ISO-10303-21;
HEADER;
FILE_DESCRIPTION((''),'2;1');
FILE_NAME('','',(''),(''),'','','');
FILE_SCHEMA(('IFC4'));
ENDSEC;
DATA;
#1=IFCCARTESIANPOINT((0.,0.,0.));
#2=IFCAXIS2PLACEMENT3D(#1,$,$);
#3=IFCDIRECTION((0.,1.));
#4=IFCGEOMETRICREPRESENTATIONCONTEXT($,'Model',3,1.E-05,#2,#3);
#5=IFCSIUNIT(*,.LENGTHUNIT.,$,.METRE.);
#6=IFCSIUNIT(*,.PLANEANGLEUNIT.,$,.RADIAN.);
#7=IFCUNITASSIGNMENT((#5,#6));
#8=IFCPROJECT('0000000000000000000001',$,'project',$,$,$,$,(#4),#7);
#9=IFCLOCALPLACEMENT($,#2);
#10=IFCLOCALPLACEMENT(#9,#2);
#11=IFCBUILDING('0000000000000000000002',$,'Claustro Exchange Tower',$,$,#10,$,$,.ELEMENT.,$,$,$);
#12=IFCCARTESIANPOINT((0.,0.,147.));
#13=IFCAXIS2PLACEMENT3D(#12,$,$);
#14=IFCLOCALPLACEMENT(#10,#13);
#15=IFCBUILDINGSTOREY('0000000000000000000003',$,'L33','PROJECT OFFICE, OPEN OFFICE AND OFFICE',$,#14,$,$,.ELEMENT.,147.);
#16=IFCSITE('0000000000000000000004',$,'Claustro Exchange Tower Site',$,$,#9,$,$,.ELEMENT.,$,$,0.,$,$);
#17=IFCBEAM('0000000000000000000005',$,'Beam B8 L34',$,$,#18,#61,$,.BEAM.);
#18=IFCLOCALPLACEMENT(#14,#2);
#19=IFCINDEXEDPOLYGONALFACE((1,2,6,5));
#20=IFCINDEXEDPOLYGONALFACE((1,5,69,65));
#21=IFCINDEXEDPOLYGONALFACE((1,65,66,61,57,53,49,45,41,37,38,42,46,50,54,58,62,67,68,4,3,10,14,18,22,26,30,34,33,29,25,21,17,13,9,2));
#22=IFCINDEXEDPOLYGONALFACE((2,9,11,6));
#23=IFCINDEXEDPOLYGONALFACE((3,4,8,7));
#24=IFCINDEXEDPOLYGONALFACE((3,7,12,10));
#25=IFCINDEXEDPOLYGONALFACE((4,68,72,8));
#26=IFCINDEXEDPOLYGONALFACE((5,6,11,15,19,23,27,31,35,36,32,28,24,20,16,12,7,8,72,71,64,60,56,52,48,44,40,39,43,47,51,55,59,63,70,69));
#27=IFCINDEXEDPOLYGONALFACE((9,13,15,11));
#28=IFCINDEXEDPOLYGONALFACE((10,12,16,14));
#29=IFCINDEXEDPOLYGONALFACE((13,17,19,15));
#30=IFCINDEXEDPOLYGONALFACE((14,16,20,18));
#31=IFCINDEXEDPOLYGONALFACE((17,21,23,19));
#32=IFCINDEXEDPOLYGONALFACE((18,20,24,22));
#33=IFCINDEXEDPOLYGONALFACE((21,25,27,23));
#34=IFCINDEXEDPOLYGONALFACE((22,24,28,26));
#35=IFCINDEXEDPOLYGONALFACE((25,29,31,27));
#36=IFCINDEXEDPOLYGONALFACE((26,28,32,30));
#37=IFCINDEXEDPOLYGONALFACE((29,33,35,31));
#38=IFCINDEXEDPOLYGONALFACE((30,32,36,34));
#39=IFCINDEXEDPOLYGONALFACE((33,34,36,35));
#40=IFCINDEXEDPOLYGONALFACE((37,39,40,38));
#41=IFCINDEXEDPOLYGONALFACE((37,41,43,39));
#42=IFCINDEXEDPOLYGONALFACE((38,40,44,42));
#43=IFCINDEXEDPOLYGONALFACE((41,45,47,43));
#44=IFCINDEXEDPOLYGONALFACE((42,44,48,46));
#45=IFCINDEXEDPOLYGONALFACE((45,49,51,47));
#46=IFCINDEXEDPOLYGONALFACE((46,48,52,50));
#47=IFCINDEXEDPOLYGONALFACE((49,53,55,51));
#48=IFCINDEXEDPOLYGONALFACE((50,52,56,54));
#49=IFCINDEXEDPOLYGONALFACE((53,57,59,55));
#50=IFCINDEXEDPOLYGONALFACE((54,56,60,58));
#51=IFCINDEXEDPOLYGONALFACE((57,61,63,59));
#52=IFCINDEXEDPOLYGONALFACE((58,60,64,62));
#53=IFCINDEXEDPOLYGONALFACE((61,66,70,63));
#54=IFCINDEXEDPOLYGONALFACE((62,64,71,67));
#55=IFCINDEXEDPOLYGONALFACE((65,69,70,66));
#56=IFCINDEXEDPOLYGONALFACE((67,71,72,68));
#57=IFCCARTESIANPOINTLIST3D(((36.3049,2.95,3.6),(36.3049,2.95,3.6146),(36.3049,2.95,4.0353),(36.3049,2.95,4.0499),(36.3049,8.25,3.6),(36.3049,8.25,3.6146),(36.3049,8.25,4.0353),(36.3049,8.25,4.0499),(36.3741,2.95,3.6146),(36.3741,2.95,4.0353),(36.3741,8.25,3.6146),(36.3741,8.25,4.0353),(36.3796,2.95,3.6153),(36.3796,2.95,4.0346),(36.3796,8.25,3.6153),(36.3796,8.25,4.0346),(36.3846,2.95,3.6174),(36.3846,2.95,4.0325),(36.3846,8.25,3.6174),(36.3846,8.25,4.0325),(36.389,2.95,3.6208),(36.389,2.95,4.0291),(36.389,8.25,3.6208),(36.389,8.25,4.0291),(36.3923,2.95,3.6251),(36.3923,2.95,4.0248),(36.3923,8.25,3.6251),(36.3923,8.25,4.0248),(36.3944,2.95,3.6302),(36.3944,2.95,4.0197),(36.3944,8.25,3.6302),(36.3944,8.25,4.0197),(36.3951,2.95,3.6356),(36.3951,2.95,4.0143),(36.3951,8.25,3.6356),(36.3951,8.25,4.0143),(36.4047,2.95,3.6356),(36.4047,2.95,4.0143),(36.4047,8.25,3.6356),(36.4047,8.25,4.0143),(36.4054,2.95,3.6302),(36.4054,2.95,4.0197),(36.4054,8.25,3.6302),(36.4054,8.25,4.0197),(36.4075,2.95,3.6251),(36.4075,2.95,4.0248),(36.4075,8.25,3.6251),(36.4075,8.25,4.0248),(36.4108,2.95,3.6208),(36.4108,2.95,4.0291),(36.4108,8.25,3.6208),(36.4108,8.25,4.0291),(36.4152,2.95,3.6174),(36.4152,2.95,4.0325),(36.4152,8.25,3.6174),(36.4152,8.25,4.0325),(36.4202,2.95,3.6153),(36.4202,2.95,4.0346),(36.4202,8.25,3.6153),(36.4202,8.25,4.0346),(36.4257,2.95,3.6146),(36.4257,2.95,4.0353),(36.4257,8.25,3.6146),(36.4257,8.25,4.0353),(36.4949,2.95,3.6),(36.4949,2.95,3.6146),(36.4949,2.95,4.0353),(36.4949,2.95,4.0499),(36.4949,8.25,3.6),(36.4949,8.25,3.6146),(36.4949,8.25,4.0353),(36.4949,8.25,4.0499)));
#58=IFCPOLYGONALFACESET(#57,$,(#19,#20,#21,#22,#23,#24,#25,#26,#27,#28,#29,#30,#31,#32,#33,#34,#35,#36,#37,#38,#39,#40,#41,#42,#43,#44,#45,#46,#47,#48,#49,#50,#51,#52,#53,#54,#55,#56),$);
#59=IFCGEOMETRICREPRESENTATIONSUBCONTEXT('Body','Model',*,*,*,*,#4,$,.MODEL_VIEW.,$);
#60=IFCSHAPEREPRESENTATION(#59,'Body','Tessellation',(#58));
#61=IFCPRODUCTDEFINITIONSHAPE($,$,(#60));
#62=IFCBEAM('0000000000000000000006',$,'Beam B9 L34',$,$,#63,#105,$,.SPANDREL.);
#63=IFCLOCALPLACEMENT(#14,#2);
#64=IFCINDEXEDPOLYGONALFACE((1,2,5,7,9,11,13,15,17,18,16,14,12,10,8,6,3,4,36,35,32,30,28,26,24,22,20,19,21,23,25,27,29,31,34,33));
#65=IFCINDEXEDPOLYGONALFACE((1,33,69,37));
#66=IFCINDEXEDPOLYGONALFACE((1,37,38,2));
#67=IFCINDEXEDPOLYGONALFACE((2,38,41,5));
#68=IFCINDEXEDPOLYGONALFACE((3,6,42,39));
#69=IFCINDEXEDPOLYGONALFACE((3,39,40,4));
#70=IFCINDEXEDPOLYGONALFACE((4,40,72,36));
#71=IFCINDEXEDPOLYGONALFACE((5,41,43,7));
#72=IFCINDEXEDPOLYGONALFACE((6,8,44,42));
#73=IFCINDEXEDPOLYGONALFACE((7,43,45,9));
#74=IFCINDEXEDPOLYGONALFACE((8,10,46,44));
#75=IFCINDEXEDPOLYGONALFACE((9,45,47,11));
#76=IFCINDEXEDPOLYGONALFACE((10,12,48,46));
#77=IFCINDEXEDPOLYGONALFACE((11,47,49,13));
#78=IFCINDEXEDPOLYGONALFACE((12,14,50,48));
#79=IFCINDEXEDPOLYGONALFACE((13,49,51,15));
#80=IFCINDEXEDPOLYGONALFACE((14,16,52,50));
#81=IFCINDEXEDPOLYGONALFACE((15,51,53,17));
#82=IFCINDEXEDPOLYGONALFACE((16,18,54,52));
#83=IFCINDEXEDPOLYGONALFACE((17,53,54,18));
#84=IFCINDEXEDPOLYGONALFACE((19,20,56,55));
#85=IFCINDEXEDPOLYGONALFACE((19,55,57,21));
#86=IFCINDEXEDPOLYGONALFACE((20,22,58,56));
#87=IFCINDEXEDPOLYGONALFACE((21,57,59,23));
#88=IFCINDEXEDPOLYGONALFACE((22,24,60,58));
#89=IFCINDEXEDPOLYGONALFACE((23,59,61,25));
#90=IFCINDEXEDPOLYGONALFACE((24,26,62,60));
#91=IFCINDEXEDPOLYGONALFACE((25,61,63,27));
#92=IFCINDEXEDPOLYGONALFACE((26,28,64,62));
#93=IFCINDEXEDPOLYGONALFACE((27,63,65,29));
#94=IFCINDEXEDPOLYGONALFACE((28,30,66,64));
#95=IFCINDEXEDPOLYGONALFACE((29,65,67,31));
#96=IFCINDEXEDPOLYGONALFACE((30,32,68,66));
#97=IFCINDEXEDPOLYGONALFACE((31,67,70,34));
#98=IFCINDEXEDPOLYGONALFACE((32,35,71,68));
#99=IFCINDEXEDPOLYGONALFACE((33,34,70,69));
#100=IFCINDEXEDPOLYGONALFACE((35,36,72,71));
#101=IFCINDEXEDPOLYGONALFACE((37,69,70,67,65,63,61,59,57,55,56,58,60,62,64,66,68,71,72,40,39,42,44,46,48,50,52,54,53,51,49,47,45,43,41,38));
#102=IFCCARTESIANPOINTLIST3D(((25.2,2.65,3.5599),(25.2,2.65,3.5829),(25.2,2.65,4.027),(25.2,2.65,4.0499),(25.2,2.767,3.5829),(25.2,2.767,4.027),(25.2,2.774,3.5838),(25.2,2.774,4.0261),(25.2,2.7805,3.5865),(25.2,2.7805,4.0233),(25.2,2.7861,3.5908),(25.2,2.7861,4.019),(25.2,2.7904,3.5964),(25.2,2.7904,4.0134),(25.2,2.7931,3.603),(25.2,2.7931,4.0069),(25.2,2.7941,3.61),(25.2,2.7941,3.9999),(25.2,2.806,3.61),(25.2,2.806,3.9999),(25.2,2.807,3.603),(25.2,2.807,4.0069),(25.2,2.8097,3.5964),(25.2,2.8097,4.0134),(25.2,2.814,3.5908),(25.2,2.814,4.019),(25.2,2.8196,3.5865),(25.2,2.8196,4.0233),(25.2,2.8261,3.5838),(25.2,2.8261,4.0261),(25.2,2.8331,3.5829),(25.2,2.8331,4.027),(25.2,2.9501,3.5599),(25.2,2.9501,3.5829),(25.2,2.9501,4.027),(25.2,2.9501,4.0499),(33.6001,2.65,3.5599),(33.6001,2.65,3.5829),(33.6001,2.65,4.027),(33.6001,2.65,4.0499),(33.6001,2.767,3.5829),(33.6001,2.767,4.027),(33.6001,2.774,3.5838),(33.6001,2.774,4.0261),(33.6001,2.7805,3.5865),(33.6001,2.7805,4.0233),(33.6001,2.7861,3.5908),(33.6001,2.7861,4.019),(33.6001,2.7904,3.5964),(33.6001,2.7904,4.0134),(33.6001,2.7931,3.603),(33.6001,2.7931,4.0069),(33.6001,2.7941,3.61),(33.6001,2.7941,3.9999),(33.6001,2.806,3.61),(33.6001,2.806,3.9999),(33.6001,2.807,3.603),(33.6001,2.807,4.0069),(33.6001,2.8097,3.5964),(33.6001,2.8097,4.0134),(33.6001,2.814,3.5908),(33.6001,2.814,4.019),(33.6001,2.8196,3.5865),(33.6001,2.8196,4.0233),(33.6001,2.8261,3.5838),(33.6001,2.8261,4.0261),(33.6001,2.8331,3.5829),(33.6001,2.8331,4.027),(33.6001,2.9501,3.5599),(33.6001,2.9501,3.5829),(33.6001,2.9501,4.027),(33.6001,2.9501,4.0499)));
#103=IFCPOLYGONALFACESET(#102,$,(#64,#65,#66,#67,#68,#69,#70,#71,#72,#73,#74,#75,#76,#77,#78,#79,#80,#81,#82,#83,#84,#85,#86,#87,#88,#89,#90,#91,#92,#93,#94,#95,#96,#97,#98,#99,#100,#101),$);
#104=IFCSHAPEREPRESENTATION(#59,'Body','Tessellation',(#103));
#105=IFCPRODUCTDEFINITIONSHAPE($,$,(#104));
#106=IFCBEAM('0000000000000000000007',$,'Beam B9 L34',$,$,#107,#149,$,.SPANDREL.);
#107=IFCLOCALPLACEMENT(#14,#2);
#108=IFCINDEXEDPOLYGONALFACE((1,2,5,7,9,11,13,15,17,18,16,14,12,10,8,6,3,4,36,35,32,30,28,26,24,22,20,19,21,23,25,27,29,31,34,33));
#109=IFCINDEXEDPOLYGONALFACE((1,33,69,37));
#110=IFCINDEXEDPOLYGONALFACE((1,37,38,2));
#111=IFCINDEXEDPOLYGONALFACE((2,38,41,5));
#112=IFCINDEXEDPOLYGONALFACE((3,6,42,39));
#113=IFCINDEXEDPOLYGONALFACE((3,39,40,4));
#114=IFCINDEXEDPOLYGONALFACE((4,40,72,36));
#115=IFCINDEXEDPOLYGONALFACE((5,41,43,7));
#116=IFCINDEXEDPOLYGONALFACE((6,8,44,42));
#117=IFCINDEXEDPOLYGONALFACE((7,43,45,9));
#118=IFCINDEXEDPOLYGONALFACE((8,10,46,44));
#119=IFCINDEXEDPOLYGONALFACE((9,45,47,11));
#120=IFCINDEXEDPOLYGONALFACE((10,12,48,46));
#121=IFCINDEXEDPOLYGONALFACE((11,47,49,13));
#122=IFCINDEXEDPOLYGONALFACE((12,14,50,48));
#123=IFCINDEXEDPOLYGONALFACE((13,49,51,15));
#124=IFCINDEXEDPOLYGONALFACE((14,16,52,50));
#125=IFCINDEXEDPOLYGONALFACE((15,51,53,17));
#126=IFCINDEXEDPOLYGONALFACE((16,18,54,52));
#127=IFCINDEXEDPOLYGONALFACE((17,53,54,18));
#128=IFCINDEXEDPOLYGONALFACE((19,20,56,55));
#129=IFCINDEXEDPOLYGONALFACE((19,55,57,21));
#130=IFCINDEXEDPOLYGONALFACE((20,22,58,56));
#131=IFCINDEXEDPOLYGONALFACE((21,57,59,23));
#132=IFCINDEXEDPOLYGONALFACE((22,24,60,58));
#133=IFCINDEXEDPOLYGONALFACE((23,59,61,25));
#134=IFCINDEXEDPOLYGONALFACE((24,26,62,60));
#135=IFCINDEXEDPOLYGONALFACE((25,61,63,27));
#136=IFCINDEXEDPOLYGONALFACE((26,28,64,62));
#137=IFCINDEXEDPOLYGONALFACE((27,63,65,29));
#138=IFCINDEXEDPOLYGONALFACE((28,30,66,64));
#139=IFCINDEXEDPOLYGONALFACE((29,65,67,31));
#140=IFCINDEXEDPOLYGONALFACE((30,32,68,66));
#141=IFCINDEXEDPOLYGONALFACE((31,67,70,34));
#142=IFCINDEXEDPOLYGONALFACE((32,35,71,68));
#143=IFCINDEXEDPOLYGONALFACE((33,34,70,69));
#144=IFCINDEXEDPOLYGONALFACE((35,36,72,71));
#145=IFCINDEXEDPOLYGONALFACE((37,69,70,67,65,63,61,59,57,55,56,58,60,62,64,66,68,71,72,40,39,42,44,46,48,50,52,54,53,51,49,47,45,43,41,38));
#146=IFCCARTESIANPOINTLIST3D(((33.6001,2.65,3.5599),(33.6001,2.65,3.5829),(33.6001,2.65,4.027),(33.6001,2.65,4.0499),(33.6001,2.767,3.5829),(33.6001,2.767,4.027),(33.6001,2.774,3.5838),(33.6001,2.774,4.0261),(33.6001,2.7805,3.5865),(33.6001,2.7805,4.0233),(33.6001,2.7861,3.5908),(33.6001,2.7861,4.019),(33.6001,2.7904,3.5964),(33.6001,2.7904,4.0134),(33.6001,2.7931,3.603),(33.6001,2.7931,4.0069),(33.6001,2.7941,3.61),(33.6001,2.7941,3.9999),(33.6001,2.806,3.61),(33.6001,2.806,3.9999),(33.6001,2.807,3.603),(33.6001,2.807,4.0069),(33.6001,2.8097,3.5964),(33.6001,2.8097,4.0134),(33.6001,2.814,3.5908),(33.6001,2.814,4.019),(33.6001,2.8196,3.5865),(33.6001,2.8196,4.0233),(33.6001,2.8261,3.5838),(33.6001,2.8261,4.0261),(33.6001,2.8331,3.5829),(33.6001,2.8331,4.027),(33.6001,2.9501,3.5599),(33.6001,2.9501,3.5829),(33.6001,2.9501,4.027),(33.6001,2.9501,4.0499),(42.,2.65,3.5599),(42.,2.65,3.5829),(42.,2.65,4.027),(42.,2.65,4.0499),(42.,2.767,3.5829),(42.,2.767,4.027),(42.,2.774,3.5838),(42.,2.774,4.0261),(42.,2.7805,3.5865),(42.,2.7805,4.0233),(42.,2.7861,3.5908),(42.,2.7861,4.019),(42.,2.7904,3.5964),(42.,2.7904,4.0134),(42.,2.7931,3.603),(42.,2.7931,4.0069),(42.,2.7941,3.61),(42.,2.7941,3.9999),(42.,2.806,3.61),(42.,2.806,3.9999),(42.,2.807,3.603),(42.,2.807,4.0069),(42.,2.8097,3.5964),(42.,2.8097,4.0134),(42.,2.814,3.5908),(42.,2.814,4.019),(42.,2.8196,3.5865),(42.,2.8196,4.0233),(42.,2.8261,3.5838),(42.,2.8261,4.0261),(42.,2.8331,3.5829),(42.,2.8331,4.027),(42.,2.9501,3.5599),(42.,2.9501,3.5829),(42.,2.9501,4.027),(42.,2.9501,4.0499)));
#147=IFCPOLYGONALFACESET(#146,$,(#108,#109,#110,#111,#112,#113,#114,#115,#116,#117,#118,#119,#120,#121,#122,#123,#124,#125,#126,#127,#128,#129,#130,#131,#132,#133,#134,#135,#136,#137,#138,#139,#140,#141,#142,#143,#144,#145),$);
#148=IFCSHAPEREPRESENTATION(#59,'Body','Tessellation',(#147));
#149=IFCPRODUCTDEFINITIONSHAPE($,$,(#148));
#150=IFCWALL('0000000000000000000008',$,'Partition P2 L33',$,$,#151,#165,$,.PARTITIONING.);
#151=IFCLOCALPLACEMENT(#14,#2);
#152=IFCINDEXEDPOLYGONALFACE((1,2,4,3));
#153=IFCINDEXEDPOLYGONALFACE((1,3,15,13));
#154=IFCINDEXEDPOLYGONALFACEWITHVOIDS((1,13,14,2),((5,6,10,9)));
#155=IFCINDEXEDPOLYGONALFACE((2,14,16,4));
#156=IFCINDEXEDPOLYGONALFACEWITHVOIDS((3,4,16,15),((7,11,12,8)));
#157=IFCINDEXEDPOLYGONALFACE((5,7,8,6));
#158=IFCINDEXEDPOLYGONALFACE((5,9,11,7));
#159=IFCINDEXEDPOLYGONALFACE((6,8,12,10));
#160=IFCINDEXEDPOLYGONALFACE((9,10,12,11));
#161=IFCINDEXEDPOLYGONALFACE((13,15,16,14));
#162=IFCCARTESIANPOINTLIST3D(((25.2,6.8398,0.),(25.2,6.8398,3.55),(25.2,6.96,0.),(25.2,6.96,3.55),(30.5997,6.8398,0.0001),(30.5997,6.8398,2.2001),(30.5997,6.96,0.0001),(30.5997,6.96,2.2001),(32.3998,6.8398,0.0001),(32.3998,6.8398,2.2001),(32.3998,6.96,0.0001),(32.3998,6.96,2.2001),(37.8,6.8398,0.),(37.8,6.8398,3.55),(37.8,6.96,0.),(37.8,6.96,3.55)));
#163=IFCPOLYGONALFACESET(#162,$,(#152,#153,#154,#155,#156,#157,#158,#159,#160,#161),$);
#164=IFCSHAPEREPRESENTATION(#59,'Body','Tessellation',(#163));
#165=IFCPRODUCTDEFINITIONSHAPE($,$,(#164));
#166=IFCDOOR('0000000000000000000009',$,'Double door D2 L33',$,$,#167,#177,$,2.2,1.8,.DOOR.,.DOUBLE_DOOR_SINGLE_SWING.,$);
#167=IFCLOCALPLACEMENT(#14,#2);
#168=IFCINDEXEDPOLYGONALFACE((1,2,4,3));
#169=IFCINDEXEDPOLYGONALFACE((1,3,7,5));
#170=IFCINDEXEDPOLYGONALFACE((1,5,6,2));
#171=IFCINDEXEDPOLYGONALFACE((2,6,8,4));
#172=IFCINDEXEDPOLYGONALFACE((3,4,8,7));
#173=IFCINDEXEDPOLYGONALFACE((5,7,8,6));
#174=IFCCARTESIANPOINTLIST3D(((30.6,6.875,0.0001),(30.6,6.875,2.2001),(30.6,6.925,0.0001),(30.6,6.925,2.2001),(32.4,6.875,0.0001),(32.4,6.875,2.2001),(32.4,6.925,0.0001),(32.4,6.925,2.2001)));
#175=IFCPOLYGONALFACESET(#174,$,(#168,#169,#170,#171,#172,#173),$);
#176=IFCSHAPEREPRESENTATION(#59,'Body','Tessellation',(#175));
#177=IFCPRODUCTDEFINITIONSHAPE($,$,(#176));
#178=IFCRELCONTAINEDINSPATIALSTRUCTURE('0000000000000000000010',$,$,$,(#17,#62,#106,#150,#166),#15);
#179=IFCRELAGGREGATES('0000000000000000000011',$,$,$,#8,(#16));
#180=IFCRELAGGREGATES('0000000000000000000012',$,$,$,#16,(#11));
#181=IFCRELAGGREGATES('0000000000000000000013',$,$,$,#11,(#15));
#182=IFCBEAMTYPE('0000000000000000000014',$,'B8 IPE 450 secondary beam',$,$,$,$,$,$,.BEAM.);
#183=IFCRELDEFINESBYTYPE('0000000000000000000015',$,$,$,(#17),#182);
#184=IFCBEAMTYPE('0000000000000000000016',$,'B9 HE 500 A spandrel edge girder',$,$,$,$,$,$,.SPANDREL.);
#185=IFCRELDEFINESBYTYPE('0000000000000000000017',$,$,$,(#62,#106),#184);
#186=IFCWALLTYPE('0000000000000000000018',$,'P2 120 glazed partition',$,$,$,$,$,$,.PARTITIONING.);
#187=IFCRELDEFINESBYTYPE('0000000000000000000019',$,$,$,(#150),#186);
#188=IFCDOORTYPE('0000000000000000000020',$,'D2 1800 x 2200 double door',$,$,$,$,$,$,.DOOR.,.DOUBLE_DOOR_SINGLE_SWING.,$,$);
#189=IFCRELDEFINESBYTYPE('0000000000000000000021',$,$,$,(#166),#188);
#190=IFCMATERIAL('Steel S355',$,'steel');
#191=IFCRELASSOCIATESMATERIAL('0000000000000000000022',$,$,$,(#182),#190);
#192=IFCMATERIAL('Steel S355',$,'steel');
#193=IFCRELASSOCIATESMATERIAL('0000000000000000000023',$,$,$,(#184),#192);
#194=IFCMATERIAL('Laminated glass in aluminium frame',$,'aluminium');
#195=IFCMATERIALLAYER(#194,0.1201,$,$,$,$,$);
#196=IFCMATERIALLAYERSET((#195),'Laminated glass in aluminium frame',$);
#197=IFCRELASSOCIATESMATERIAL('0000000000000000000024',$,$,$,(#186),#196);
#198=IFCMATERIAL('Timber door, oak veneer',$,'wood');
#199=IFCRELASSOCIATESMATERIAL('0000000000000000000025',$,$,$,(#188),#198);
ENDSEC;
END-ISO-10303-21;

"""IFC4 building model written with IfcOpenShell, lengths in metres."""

from ifc_helpers import new_model, si_unit, direction, frame, frame_2d, origin, origin_2d, place, context, subcontext, project, spatial, rectangle, i_section, extrude, material, layer, layer_set, material_profile, profile_set, type_object, element, fill, save


model = new_model("IFC4")

# Units and contexts
model_context = context("Model", 3, precision=1e-05, world=origin(), true_north=direction((0.0, 1.0)))
body_context = subcontext(model_context, "Body", "Model", "MODEL_VIEW")
ifc_project = project(units=[si_unit("LENGTHUNIT", "METRE"), si_unit("PLANEANGLEUNIT", "RADIAN")], contexts=[model_context])

# Site, building, storey
site_placement = place(None, origin())
site = spatial("IfcSite", under=ifc_project, at=site_placement, Name="Claustro Exchange Tower Site", CompositionType="ELEMENT", RefElevation=0.0)
building_placement = place(site_placement, origin())
building = spatial("IfcBuilding", under=site, at=building_placement, Name="Claustro Exchange Tower", CompositionType="ELEMENT")
storey_placement = place(building_placement, frame((0.0, 0.0, 147.0)))
storey = spatial("IfcBuildingStorey", under=building, at=storey_placement, Name="L33", Description="PROJECT OFFICE, OPEN OFFICE AND OFFICE", CompositionType="ELEMENT", Elevation=147.0)

# Beams
ifc_material_1 = material(Name="Steel S355", Category="steel")
ifc_material_profile_1 = material_profile(ifc_material_1, i_section(OverallWidth=0.1899, OverallDepth=0.45, WebThickness=0.0095, FlangeThickness=0.0146, FilletRadius=0.021, at=origin_2d()), Name="IPE 450")
ifc_profile_set_1 = profile_set([ifc_material_profile_1], Name="Steel S355")
beam_type_1 = type_object("IfcBeamType", Name="B8 IPE 450 secondary beam", PredefinedType="BEAM", material=ifc_profile_set_1)
for number, where, z_axis, x_axis, name in (
    (1, (36.3999, 2.95, 3.825), (0.0, 1.0, 0.0), (-1.0, 0.0, 0.0), "Beam B8 L34"),
):
    element("IfcBeam", number, at=place(storey_placement, frame(where, z_axis=z_axis, x_axis=x_axis)), inside=storey, type_object=beam_type_1, Name=name, PredefinedType="BEAM", context=body_context, shape_type="SweptSolid", body=[
        extrude(i_section(OverallWidth=0.1899, OverallDepth=0.45, WebThickness=0.0095, FlangeThickness=0.0146, FilletRadius=0.021, at=origin_2d()), origin(), (0.0, 0.0, 1.0), 5.3),
    ])
ifc_material_2 = material(Name="Steel S355", Category="steel")
ifc_material_profile_2 = material_profile(ifc_material_2, i_section(OverallWidth=0.3, OverallDepth=0.49, WebThickness=0.012, FlangeThickness=0.0229, FilletRadius=0.0271, at=origin_2d()), Name="HE 500 A")
ifc_profile_set_2 = profile_set([ifc_material_profile_2], Name="Steel S355")
beam_type_2 = type_object("IfcBeamType", Name="B9 HE 500 A spandrel edge girder", PredefinedType="SPANDREL", material=ifc_profile_set_2)
beam_1_placement = place(storey_placement, frame((25.2, 2.8, 3.8049), z_axis=(1.0, 0.0, 0.0), x_axis=(0.0, 1.0, 0.0)))
element("IfcBeam", 2, at=beam_1_placement, inside=storey, type_object=beam_type_2, Name="Beam B9 L34", PredefinedType="SPANDREL", context=body_context, shape_type="SweptSolid", body=[
    extrude(i_section(OverallWidth=0.3, OverallDepth=0.49, WebThickness=0.012, FlangeThickness=0.0229, FilletRadius=0.0271, at=origin_2d()), origin(), (0.0, 0.0, 1.0), 8.4001),
])
beam_2_placement = place(storey_placement, frame((33.6001, 2.8, 3.8049), z_axis=(1.0, 0.0, 0.0), x_axis=(0.0, 1.0, 0.0)))
element("IfcBeam", 3, at=beam_2_placement, inside=storey, type_object=beam_type_2, Name="Beam B9 L34", PredefinedType="SPANDREL", context=body_context, shape_type="SweptSolid", body=[
    extrude(i_section(OverallWidth=0.3, OverallDepth=0.49, WebThickness=0.012, FlangeThickness=0.0229, FilletRadius=0.0271, at=origin_2d()), origin(), (0.0, 0.0, 1.0), 8.3999),
])

# Wall, opening, door
ifc_material_3 = material(Name="Laminated glass in aluminium frame", Category="aluminium")
ifc_layer_1 = layer(ifc_material_3, 0.1201)
ifc_layer_set_1 = layer_set([ifc_layer_1], Name="Laminated glass in aluminium frame")
wall_type_1 = type_object("IfcWallType", Name="P2 120 glazed partition", PredefinedType="PARTITIONING", material=ifc_layer_set_1)
wall_1_placement = place(storey_placement, frame((25.2, 6.8999, 0.0), z_axis=(0.0, 0.0, 1.0), x_axis=(1.0, 0.0, 0.0)))
wall_1 = element("IfcWall", 4, at=wall_1_placement, inside=storey, type_object=wall_type_1, Name="Partition P2 L33", PredefinedType="PARTITIONING", context=body_context, shape_type="SweptSolid", body=[
    extrude(rectangle(XDim=12.6001, YDim=0.1201, at=frame_2d((6.3, 0.0))), origin(), (0.0, 0.0, 1.0), 3.55),
])
opening_1_placement = place(wall_1_placement, frame((5.3999, 0.0, 0.0)))
opening_1 = element("IfcOpeningElement", 5, at=opening_1_placement, cuts=wall_1, PredefinedType="OPENING", context=body_context, shape_type="SweptSolid", body=[
    extrude(rectangle(XDim=1.8, YDim=2.2, at=frame_2d((0.8999, 1.1001))), frame((0.0, 0.0701, 0.0), z_axis=(0.0, -1.0, 0.0), x_axis=(1.0, 0.0, 0.0)), (0.0, 0.0, 1.0), 0.1401),
])
ifc_material_4 = material(Name="Timber door, oak veneer", Category="wood")
door_type = type_object("IfcDoorType", Name="D2 1800 x 2200 double door", OperationType="DOUBLE_DOOR_SINGLE_SWING", PredefinedType="DOOR", material=ifc_material_4)
door_placement = place(opening_1_placement, frame((1.8, 0.0, 0.0), z_axis=(0.0, 0.0, 1.0), x_axis=(-1.0, 0.0, 0.0)))
door = element("IfcDoor", 6, at=door_placement, inside=storey, type_object=door_type, Name="Double door D2 L33", OperationType="DOUBLE_DOOR_SINGLE_SWING", OverallHeight=2.2, OverallWidth=1.8, PredefinedType="DOOR", context=body_context, shape_type="SweptSolid", body=[
    extrude(rectangle(XDim=1.8, YDim=2.2, at=frame_2d((0.8999, 1.1001))), frame((0.0, 0.0249, 0.0), z_axis=(0.0, -1.0, 0.0), x_axis=(1.0, 0.0, 0.0)), (0.0, 0.0, 1.0), 0.05),
])
fill(opening_1, door)

save(model, "model.ifc")
